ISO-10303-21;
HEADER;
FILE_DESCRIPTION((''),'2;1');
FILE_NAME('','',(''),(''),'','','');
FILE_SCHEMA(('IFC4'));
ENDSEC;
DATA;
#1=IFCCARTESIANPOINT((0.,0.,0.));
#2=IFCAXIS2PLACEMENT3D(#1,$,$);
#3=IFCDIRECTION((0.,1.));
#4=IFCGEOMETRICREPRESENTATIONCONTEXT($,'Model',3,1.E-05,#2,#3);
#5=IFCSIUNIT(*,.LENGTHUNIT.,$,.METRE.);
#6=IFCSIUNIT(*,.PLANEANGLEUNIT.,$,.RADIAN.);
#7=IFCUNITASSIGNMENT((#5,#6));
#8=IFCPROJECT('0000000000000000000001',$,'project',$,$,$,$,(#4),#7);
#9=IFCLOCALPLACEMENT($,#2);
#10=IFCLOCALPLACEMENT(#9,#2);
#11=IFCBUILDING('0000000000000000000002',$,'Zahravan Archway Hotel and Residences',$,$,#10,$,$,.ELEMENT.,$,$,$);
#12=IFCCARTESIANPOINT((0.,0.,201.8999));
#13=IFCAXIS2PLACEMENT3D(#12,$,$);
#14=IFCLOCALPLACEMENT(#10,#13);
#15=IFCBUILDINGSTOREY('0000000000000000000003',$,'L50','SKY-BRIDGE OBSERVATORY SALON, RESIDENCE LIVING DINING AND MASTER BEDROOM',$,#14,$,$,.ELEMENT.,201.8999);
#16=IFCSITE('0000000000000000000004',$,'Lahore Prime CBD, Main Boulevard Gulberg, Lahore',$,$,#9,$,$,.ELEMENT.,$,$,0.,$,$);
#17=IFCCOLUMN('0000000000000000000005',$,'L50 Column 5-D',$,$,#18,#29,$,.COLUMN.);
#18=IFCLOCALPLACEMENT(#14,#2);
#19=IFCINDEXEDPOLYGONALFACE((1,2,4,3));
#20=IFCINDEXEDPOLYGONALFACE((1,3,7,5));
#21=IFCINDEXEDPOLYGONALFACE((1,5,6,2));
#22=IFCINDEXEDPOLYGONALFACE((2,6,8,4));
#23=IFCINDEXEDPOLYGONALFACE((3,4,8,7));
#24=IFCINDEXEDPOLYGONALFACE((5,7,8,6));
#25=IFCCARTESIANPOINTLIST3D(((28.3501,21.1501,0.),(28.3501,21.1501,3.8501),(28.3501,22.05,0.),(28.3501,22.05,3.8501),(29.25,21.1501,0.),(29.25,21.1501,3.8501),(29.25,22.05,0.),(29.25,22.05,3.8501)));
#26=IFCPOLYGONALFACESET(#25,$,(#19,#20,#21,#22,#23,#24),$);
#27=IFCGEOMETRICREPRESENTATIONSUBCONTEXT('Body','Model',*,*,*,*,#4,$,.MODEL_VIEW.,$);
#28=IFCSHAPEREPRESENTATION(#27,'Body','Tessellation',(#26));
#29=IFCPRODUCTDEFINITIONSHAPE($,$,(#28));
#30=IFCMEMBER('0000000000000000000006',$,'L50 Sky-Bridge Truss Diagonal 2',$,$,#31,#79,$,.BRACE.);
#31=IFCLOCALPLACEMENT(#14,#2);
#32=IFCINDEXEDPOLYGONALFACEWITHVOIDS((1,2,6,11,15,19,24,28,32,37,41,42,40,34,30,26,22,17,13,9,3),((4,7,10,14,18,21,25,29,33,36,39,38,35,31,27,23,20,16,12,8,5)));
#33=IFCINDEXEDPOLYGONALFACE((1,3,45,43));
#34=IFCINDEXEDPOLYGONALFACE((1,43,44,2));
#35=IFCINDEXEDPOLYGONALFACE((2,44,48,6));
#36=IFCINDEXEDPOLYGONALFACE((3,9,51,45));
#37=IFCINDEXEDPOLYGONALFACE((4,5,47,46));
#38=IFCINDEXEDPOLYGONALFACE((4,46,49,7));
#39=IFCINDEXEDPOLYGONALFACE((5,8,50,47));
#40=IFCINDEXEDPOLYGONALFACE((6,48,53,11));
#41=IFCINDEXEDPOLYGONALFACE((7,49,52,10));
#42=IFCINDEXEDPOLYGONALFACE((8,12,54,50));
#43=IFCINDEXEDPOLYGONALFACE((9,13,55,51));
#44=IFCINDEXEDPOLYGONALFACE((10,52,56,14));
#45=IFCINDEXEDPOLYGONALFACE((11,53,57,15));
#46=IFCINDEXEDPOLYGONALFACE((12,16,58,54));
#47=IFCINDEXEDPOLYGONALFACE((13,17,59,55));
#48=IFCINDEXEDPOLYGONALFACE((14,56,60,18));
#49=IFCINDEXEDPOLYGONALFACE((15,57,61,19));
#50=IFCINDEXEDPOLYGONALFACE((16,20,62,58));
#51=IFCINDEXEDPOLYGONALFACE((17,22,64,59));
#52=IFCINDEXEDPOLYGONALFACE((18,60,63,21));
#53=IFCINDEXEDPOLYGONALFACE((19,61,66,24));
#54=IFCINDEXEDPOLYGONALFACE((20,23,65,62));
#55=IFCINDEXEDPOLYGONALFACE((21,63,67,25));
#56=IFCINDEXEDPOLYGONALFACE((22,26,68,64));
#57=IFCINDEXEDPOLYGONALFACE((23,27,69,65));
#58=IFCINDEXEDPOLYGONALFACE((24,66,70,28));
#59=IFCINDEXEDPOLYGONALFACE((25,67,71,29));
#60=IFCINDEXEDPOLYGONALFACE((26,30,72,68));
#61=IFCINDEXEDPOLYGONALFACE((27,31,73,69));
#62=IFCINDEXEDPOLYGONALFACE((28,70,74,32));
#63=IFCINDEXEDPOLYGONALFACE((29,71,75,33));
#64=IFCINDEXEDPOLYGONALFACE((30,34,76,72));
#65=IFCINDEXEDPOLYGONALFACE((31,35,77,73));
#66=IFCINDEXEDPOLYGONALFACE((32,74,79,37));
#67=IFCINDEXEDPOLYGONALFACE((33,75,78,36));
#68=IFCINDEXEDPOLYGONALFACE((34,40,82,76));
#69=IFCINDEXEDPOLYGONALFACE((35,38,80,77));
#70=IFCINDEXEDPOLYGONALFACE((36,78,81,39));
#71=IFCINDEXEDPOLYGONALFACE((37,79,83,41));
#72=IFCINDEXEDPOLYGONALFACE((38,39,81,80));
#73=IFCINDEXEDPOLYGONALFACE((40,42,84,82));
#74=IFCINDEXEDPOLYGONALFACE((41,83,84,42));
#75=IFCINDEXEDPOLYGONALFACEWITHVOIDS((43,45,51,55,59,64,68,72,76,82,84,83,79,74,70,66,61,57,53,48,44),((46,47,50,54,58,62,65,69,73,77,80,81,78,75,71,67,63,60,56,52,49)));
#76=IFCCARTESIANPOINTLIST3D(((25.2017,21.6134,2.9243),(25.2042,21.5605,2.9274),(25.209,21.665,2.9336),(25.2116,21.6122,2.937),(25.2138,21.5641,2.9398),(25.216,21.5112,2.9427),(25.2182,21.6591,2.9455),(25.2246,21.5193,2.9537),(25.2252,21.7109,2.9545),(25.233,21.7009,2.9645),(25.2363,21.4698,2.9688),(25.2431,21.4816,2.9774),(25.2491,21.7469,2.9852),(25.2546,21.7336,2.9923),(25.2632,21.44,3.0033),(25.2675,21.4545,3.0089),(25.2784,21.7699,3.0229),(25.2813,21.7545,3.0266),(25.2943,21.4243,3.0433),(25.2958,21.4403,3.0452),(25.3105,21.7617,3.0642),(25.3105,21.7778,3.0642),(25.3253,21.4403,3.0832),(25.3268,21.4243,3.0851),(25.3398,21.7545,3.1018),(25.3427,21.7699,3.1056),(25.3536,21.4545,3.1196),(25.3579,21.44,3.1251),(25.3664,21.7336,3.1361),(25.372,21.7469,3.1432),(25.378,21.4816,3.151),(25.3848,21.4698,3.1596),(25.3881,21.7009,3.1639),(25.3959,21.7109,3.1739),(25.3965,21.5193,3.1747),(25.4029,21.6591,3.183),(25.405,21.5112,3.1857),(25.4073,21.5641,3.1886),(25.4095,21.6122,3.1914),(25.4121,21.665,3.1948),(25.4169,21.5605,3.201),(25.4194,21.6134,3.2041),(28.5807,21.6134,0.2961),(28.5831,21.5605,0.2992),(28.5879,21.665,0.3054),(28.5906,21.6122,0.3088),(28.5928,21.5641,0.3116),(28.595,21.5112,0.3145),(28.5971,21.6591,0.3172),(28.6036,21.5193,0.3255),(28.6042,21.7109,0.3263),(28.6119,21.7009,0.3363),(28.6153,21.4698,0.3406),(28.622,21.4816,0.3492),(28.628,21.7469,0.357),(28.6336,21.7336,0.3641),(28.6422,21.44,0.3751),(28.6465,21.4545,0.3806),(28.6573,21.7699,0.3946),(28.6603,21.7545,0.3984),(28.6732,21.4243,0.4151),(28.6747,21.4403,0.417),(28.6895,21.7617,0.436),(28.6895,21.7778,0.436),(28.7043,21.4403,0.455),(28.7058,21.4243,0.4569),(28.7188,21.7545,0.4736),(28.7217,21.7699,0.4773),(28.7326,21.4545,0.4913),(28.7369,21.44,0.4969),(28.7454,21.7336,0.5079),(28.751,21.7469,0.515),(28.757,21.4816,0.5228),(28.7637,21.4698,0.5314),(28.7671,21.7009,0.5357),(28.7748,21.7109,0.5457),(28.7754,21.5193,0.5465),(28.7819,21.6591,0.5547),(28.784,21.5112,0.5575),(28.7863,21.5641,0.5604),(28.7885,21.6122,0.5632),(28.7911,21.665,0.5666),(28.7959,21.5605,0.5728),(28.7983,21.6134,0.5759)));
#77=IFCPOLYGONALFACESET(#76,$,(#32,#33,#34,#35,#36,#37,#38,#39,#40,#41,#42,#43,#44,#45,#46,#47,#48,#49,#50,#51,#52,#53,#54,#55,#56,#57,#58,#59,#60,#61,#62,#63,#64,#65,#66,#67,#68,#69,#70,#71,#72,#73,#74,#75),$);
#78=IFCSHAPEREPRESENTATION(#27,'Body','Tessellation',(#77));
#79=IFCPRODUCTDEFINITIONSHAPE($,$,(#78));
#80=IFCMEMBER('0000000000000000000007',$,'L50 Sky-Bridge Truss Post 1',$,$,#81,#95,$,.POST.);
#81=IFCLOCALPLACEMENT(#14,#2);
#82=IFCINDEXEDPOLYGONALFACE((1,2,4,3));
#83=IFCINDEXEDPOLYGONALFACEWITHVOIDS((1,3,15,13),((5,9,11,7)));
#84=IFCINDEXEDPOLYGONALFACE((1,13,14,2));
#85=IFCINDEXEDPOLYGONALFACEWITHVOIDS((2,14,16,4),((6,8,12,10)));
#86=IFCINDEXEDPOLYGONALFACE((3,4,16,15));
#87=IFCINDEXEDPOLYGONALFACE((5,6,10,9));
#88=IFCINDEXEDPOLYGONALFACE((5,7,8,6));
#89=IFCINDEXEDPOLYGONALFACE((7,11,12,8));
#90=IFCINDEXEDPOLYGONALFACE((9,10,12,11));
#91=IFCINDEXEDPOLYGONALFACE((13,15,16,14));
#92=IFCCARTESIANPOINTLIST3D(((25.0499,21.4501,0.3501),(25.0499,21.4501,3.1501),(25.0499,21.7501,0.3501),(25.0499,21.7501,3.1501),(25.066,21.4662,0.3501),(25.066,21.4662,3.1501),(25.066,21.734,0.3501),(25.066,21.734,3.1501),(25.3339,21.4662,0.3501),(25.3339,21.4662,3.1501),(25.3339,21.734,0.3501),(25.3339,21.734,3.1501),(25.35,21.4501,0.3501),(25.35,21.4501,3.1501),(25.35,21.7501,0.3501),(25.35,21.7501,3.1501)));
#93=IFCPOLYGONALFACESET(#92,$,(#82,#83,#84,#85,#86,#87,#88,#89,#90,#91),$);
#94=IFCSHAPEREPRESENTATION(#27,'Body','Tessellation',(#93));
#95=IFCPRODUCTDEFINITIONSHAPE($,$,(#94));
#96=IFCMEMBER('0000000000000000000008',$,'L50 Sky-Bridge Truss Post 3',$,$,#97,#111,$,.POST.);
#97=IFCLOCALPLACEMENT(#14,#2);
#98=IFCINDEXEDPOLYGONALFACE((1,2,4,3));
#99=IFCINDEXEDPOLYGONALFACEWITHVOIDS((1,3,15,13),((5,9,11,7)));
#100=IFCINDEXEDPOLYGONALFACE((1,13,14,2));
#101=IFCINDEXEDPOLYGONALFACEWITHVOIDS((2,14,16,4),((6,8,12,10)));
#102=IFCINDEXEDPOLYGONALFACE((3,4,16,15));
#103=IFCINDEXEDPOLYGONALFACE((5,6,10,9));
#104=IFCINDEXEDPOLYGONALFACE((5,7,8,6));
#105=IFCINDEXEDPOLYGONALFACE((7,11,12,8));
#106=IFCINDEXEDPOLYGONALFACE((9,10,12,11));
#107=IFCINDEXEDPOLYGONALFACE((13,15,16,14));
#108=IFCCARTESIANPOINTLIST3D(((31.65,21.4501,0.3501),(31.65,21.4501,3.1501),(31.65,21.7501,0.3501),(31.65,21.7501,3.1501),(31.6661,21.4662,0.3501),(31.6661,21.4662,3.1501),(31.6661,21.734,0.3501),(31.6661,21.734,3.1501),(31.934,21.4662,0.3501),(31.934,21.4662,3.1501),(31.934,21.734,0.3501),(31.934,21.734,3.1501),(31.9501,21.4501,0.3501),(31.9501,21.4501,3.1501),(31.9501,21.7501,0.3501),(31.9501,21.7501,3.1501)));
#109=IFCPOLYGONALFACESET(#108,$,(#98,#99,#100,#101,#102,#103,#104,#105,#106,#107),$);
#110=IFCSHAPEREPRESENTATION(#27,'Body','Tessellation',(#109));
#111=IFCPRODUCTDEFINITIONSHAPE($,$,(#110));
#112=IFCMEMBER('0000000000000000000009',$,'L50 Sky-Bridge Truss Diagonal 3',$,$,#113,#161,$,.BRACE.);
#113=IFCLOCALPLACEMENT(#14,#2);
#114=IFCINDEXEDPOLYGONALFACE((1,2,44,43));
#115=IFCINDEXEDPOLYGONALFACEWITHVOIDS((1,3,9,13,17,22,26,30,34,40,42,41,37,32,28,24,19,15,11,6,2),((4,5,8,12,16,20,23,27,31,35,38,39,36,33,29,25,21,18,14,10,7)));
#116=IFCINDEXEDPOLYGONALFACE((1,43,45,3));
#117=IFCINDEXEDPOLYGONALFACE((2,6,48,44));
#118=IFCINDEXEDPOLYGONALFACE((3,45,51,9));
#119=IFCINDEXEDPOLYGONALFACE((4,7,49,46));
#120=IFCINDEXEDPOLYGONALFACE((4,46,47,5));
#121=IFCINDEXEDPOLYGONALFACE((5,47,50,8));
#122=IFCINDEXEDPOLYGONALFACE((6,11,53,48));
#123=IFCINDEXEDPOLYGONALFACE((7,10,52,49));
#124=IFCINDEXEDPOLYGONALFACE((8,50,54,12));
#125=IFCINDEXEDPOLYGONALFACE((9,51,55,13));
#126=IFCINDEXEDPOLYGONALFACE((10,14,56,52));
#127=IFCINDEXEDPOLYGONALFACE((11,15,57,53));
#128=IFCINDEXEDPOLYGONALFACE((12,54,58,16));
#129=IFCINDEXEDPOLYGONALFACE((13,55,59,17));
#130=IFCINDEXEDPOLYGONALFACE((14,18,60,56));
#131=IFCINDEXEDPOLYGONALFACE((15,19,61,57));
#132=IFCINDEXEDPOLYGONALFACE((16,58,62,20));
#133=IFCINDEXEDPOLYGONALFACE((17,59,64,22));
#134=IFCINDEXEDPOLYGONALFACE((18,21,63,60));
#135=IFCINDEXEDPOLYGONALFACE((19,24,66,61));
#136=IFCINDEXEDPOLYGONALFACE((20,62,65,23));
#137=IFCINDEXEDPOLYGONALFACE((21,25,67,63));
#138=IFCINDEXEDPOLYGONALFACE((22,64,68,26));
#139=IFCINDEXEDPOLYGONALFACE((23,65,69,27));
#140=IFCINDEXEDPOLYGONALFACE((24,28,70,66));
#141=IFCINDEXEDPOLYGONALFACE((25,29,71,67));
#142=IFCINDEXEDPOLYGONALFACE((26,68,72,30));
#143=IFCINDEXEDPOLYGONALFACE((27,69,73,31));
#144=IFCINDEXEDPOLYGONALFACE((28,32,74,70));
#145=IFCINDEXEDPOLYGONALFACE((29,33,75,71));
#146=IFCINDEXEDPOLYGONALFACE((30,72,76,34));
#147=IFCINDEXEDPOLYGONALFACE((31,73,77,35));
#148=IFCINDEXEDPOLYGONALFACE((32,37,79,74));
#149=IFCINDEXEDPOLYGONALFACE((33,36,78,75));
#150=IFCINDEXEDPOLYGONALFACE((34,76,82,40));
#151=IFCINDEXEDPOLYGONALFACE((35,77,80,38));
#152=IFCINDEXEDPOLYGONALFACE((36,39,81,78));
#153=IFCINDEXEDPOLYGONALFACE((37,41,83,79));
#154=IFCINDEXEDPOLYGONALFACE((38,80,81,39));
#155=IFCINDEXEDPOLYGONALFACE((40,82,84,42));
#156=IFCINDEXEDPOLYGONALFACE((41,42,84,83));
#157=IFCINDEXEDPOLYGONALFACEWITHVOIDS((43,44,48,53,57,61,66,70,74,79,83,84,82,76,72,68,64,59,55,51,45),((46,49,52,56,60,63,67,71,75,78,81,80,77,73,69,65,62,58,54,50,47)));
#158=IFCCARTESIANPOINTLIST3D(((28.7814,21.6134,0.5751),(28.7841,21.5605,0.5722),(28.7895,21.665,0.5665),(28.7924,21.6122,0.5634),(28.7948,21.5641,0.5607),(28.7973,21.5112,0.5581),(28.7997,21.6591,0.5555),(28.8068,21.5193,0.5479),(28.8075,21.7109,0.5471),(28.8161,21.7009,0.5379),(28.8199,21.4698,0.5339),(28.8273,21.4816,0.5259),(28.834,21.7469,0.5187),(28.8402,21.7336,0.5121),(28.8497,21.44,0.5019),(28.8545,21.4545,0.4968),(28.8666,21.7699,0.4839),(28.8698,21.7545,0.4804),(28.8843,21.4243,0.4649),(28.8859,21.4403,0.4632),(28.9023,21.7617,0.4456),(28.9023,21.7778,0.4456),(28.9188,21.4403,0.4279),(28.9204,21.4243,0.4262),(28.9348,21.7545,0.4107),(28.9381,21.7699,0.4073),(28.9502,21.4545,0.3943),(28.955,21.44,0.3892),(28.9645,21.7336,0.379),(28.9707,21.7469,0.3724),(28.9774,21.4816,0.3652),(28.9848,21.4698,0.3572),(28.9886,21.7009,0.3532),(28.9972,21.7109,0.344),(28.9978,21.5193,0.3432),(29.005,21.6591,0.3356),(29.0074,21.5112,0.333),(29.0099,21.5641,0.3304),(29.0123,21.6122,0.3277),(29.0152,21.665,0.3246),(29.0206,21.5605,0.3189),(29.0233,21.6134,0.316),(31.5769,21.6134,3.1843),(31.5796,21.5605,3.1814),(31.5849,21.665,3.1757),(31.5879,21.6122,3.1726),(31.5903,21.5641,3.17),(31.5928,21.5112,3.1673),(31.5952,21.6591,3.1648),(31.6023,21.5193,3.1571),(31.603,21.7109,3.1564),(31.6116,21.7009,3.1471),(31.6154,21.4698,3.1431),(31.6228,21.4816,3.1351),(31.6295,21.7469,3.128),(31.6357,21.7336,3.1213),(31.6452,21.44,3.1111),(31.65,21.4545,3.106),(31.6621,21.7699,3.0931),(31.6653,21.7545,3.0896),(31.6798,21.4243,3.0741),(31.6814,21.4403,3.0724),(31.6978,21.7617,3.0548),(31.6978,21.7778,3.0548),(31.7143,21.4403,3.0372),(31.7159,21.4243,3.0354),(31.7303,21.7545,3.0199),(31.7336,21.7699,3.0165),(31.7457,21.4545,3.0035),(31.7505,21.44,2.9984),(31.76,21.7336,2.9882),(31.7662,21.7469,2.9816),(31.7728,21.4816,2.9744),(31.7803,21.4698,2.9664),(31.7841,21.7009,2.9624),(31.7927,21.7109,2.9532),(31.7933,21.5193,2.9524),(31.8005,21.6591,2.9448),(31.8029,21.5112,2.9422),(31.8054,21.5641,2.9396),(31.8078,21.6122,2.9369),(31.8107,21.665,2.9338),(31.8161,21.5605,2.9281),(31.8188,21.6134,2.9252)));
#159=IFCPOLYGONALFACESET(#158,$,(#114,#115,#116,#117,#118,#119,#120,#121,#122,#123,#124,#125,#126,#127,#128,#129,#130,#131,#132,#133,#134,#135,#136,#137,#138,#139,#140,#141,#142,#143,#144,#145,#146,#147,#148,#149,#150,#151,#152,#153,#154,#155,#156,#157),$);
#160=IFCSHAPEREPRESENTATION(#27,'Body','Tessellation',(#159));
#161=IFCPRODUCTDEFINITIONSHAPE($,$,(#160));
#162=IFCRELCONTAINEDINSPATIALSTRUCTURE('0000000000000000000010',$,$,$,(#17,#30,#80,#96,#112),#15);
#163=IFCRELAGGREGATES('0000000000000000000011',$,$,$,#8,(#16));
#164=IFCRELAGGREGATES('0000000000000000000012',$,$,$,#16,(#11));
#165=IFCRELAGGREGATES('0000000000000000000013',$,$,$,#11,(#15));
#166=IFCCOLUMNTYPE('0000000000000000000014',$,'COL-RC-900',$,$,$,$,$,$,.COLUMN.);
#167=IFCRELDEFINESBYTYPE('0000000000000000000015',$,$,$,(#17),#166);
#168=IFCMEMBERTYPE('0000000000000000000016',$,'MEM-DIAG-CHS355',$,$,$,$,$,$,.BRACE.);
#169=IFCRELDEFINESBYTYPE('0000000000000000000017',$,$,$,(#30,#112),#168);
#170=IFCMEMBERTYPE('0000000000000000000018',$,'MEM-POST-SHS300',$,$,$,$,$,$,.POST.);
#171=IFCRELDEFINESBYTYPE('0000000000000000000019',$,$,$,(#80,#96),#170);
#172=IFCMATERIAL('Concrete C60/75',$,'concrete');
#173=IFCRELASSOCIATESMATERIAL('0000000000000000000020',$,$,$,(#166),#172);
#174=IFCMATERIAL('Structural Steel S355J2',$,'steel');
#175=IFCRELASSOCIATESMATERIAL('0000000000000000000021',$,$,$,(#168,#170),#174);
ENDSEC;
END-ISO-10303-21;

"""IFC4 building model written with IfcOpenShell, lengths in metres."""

from ifc_helpers import new_model, si_unit, direction, frame, origin, origin_2d, place, context, subcontext, project, spatial, rectangle, hollow_rectangle, hollow_circle, extrude, source, transform, mapped, material, material_profile, profile_set, type_object, type_shapes, element, save


model = new_model("IFC4")

# Units and contexts
model_context = context("Model", 3, precision=1e-05, world=origin(), true_north=direction((0.0, 1.0)))
body_context = subcontext(model_context, "Body", "Model", "MODEL_VIEW")
ifc_project = project(units=[si_unit("LENGTHUNIT", "METRE"), si_unit("PLANEANGLEUNIT", "RADIAN")], contexts=[model_context])

# Site, building, storey
site_placement = place(None, origin())
site = spatial("IfcSite", under=ifc_project, at=site_placement, Name="Lahore Prime CBD, Main Boulevard Gulberg, Lahore", CompositionType="ELEMENT", RefElevation=0.0)
building_placement = place(site_placement, origin())
building = spatial("IfcBuilding", under=site, at=building_placement, Name="Zahravan Archway Hotel and Residences", CompositionType="ELEMENT")
storey_placement = place(building_placement, frame((0.0, 0.0, 201.8999)))
storey = spatial("IfcBuildingStorey", under=building, at=storey_placement, Name="L50", Description="SKY-BRIDGE OBSERVATORY SALON, RESIDENCE LIVING DINING AND MASTER BEDROOM", CompositionType="ELEMENT", Elevation=201.8999)

# Column
ifc_material_1 = material(Name="Concrete C60/75", Category="concrete")
ifc_material_profile_1 = material_profile(ifc_material_1, rectangle(XDim=0.8999, YDim=0.8999, at=origin_2d()), Name="RC-COL-900x900", Category="concrete")
ifc_profile_set_1 = profile_set([ifc_material_profile_1], Name="Concrete C60/75")
column_type = type_object("IfcColumnType", Name="COL-RC-900", PredefinedType="COLUMN", material=ifc_profile_set_1)
shared_shape_1 = source(origin(), body_context, "Body", "SweptSolid", [
    extrude(rectangle(XDim=0.8999, YDim=0.8999, at=origin_2d()), origin(), (0.0, 0.0, 1.0), 3.8501),
])
type_shapes(column_type, [shared_shape_1])
column_placement = place(storey_placement, frame((28.8, 21.6001, 0.0), z_axis=(0.0, 0.0, 1.0), x_axis=(1.0, 0.0, 0.0)))
element("IfcColumn", 1, at=column_placement, inside=storey, type_object=column_type, Name="L50 Column 5-D", PredefinedType="COLUMN", context=body_context, shape_type="MappedRepresentation", body=[
    mapped(shared_shape_1, transform((0.0, 0.0, 0.0), scale=1.0)),
])

# Members
ifc_material_2 = material(Name="Structural Steel S355J2", Category="steel")
ifc_material_profile_2 = material_profile(ifc_material_2, hollow_circle(Radius=0.1777, WallThickness=0.0161, at=origin_2d()), Name="CHS 355.6x16", Category="steel")
ifc_profile_set_2 = profile_set([ifc_material_profile_2], Name="Structural Steel S355J2")
member_type_1 = type_object("IfcMemberType", Name="MEM-DIAG-CHS355", PredefinedType="BRACE", material=ifc_profile_set_2)
shared_shape_2 = source(origin(), body_context, "Body", "SweptSolid", [
    extrude(hollow_circle(Radius=0.1777, WallThickness=0.0161, at=origin_2d()), origin(), (0.0, 0.0, 1.0), 4.2808),
])
member_1_placement = place(storey_placement, frame((25.3105, 21.6001, 3.0642), z_axis=(0.789337, 0.0, -0.61396), x_axis=(0.0, 1.0, 0.0)))
element("IfcMember", 2, at=member_1_placement, inside=storey, type_object=member_type_1, Name="L50 Sky-Bridge Truss Diagonal 2", PredefinedType="BRACE", context=body_context, shape_type="MappedRepresentation", body=[
    mapped(shared_shape_2, transform((0.0, 0.0, 0.0), scale=1.0)),
])
ifc_material_profile_3 = material_profile(ifc_material_2, hollow_rectangle(XDim=0.3, YDim=0.3, WallThickness=0.0161, at=origin_2d()), Name="SHS 300x300x16", Category="steel")
ifc_profile_set_3 = profile_set([ifc_material_profile_3], Name="Structural Steel S355J2")
member_type_2 = type_object("IfcMemberType", Name="MEM-POST-SHS300", PredefinedType="POST", material=ifc_profile_set_3)
shared_shape_3 = source(origin(), body_context, "Body", "SweptSolid", [
    extrude(hollow_rectangle(XDim=0.3, YDim=0.3, WallThickness=0.0161, at=origin_2d()), origin(), (0.0, 0.0, 1.0), 2.8),
])
for number, where, z_axis, x_axis, name in (
    (3, (25.2, 21.6001, 0.3501), (0.0, 0.0, 1.0), (1.0, 0.0, 0.0), "L50 Sky-Bridge Truss Post 1"),
    (4, (31.8, 21.6001, 0.3501), (0.0, 0.0, 1.0), (1.0, 0.0, 0.0), "L50 Sky-Bridge Truss Post 3"),
):
    element("IfcMember", number, at=place(storey_placement, frame(where, z_axis=z_axis, x_axis=x_axis)), inside=storey, type_object=member_type_2, Name=name, PredefinedType="POST", context=body_context, shape_type="MappedRepresentation", body=[
        mapped(shared_shape_3, transform((0.0, 0.0, 0.0), scale=1.0)),
    ])
shared_shape_4 = source(origin(), body_context, "Body", "SweptSolid", [
    extrude(hollow_circle(Radius=0.1777, WallThickness=0.0161, at=origin_2d()), origin(), (0.0, 0.0, 1.0), 3.824),
])
member_2_placement = place(storey_placement, frame((28.9023, 21.6001, 0.4456), z_axis=(0.731045, 0.0, 0.68233), x_axis=(0.0, 1.0, 0.0)))
element("IfcMember", 5, at=member_2_placement, inside=storey, type_object=member_type_1, Name="L50 Sky-Bridge Truss Diagonal 3", PredefinedType="BRACE", context=body_context, shape_type="MappedRepresentation", body=[
    mapped(shared_shape_4, transform((0.0, 0.0, 0.0), scale=1.0)),
])

save(model, "model.ifc")
